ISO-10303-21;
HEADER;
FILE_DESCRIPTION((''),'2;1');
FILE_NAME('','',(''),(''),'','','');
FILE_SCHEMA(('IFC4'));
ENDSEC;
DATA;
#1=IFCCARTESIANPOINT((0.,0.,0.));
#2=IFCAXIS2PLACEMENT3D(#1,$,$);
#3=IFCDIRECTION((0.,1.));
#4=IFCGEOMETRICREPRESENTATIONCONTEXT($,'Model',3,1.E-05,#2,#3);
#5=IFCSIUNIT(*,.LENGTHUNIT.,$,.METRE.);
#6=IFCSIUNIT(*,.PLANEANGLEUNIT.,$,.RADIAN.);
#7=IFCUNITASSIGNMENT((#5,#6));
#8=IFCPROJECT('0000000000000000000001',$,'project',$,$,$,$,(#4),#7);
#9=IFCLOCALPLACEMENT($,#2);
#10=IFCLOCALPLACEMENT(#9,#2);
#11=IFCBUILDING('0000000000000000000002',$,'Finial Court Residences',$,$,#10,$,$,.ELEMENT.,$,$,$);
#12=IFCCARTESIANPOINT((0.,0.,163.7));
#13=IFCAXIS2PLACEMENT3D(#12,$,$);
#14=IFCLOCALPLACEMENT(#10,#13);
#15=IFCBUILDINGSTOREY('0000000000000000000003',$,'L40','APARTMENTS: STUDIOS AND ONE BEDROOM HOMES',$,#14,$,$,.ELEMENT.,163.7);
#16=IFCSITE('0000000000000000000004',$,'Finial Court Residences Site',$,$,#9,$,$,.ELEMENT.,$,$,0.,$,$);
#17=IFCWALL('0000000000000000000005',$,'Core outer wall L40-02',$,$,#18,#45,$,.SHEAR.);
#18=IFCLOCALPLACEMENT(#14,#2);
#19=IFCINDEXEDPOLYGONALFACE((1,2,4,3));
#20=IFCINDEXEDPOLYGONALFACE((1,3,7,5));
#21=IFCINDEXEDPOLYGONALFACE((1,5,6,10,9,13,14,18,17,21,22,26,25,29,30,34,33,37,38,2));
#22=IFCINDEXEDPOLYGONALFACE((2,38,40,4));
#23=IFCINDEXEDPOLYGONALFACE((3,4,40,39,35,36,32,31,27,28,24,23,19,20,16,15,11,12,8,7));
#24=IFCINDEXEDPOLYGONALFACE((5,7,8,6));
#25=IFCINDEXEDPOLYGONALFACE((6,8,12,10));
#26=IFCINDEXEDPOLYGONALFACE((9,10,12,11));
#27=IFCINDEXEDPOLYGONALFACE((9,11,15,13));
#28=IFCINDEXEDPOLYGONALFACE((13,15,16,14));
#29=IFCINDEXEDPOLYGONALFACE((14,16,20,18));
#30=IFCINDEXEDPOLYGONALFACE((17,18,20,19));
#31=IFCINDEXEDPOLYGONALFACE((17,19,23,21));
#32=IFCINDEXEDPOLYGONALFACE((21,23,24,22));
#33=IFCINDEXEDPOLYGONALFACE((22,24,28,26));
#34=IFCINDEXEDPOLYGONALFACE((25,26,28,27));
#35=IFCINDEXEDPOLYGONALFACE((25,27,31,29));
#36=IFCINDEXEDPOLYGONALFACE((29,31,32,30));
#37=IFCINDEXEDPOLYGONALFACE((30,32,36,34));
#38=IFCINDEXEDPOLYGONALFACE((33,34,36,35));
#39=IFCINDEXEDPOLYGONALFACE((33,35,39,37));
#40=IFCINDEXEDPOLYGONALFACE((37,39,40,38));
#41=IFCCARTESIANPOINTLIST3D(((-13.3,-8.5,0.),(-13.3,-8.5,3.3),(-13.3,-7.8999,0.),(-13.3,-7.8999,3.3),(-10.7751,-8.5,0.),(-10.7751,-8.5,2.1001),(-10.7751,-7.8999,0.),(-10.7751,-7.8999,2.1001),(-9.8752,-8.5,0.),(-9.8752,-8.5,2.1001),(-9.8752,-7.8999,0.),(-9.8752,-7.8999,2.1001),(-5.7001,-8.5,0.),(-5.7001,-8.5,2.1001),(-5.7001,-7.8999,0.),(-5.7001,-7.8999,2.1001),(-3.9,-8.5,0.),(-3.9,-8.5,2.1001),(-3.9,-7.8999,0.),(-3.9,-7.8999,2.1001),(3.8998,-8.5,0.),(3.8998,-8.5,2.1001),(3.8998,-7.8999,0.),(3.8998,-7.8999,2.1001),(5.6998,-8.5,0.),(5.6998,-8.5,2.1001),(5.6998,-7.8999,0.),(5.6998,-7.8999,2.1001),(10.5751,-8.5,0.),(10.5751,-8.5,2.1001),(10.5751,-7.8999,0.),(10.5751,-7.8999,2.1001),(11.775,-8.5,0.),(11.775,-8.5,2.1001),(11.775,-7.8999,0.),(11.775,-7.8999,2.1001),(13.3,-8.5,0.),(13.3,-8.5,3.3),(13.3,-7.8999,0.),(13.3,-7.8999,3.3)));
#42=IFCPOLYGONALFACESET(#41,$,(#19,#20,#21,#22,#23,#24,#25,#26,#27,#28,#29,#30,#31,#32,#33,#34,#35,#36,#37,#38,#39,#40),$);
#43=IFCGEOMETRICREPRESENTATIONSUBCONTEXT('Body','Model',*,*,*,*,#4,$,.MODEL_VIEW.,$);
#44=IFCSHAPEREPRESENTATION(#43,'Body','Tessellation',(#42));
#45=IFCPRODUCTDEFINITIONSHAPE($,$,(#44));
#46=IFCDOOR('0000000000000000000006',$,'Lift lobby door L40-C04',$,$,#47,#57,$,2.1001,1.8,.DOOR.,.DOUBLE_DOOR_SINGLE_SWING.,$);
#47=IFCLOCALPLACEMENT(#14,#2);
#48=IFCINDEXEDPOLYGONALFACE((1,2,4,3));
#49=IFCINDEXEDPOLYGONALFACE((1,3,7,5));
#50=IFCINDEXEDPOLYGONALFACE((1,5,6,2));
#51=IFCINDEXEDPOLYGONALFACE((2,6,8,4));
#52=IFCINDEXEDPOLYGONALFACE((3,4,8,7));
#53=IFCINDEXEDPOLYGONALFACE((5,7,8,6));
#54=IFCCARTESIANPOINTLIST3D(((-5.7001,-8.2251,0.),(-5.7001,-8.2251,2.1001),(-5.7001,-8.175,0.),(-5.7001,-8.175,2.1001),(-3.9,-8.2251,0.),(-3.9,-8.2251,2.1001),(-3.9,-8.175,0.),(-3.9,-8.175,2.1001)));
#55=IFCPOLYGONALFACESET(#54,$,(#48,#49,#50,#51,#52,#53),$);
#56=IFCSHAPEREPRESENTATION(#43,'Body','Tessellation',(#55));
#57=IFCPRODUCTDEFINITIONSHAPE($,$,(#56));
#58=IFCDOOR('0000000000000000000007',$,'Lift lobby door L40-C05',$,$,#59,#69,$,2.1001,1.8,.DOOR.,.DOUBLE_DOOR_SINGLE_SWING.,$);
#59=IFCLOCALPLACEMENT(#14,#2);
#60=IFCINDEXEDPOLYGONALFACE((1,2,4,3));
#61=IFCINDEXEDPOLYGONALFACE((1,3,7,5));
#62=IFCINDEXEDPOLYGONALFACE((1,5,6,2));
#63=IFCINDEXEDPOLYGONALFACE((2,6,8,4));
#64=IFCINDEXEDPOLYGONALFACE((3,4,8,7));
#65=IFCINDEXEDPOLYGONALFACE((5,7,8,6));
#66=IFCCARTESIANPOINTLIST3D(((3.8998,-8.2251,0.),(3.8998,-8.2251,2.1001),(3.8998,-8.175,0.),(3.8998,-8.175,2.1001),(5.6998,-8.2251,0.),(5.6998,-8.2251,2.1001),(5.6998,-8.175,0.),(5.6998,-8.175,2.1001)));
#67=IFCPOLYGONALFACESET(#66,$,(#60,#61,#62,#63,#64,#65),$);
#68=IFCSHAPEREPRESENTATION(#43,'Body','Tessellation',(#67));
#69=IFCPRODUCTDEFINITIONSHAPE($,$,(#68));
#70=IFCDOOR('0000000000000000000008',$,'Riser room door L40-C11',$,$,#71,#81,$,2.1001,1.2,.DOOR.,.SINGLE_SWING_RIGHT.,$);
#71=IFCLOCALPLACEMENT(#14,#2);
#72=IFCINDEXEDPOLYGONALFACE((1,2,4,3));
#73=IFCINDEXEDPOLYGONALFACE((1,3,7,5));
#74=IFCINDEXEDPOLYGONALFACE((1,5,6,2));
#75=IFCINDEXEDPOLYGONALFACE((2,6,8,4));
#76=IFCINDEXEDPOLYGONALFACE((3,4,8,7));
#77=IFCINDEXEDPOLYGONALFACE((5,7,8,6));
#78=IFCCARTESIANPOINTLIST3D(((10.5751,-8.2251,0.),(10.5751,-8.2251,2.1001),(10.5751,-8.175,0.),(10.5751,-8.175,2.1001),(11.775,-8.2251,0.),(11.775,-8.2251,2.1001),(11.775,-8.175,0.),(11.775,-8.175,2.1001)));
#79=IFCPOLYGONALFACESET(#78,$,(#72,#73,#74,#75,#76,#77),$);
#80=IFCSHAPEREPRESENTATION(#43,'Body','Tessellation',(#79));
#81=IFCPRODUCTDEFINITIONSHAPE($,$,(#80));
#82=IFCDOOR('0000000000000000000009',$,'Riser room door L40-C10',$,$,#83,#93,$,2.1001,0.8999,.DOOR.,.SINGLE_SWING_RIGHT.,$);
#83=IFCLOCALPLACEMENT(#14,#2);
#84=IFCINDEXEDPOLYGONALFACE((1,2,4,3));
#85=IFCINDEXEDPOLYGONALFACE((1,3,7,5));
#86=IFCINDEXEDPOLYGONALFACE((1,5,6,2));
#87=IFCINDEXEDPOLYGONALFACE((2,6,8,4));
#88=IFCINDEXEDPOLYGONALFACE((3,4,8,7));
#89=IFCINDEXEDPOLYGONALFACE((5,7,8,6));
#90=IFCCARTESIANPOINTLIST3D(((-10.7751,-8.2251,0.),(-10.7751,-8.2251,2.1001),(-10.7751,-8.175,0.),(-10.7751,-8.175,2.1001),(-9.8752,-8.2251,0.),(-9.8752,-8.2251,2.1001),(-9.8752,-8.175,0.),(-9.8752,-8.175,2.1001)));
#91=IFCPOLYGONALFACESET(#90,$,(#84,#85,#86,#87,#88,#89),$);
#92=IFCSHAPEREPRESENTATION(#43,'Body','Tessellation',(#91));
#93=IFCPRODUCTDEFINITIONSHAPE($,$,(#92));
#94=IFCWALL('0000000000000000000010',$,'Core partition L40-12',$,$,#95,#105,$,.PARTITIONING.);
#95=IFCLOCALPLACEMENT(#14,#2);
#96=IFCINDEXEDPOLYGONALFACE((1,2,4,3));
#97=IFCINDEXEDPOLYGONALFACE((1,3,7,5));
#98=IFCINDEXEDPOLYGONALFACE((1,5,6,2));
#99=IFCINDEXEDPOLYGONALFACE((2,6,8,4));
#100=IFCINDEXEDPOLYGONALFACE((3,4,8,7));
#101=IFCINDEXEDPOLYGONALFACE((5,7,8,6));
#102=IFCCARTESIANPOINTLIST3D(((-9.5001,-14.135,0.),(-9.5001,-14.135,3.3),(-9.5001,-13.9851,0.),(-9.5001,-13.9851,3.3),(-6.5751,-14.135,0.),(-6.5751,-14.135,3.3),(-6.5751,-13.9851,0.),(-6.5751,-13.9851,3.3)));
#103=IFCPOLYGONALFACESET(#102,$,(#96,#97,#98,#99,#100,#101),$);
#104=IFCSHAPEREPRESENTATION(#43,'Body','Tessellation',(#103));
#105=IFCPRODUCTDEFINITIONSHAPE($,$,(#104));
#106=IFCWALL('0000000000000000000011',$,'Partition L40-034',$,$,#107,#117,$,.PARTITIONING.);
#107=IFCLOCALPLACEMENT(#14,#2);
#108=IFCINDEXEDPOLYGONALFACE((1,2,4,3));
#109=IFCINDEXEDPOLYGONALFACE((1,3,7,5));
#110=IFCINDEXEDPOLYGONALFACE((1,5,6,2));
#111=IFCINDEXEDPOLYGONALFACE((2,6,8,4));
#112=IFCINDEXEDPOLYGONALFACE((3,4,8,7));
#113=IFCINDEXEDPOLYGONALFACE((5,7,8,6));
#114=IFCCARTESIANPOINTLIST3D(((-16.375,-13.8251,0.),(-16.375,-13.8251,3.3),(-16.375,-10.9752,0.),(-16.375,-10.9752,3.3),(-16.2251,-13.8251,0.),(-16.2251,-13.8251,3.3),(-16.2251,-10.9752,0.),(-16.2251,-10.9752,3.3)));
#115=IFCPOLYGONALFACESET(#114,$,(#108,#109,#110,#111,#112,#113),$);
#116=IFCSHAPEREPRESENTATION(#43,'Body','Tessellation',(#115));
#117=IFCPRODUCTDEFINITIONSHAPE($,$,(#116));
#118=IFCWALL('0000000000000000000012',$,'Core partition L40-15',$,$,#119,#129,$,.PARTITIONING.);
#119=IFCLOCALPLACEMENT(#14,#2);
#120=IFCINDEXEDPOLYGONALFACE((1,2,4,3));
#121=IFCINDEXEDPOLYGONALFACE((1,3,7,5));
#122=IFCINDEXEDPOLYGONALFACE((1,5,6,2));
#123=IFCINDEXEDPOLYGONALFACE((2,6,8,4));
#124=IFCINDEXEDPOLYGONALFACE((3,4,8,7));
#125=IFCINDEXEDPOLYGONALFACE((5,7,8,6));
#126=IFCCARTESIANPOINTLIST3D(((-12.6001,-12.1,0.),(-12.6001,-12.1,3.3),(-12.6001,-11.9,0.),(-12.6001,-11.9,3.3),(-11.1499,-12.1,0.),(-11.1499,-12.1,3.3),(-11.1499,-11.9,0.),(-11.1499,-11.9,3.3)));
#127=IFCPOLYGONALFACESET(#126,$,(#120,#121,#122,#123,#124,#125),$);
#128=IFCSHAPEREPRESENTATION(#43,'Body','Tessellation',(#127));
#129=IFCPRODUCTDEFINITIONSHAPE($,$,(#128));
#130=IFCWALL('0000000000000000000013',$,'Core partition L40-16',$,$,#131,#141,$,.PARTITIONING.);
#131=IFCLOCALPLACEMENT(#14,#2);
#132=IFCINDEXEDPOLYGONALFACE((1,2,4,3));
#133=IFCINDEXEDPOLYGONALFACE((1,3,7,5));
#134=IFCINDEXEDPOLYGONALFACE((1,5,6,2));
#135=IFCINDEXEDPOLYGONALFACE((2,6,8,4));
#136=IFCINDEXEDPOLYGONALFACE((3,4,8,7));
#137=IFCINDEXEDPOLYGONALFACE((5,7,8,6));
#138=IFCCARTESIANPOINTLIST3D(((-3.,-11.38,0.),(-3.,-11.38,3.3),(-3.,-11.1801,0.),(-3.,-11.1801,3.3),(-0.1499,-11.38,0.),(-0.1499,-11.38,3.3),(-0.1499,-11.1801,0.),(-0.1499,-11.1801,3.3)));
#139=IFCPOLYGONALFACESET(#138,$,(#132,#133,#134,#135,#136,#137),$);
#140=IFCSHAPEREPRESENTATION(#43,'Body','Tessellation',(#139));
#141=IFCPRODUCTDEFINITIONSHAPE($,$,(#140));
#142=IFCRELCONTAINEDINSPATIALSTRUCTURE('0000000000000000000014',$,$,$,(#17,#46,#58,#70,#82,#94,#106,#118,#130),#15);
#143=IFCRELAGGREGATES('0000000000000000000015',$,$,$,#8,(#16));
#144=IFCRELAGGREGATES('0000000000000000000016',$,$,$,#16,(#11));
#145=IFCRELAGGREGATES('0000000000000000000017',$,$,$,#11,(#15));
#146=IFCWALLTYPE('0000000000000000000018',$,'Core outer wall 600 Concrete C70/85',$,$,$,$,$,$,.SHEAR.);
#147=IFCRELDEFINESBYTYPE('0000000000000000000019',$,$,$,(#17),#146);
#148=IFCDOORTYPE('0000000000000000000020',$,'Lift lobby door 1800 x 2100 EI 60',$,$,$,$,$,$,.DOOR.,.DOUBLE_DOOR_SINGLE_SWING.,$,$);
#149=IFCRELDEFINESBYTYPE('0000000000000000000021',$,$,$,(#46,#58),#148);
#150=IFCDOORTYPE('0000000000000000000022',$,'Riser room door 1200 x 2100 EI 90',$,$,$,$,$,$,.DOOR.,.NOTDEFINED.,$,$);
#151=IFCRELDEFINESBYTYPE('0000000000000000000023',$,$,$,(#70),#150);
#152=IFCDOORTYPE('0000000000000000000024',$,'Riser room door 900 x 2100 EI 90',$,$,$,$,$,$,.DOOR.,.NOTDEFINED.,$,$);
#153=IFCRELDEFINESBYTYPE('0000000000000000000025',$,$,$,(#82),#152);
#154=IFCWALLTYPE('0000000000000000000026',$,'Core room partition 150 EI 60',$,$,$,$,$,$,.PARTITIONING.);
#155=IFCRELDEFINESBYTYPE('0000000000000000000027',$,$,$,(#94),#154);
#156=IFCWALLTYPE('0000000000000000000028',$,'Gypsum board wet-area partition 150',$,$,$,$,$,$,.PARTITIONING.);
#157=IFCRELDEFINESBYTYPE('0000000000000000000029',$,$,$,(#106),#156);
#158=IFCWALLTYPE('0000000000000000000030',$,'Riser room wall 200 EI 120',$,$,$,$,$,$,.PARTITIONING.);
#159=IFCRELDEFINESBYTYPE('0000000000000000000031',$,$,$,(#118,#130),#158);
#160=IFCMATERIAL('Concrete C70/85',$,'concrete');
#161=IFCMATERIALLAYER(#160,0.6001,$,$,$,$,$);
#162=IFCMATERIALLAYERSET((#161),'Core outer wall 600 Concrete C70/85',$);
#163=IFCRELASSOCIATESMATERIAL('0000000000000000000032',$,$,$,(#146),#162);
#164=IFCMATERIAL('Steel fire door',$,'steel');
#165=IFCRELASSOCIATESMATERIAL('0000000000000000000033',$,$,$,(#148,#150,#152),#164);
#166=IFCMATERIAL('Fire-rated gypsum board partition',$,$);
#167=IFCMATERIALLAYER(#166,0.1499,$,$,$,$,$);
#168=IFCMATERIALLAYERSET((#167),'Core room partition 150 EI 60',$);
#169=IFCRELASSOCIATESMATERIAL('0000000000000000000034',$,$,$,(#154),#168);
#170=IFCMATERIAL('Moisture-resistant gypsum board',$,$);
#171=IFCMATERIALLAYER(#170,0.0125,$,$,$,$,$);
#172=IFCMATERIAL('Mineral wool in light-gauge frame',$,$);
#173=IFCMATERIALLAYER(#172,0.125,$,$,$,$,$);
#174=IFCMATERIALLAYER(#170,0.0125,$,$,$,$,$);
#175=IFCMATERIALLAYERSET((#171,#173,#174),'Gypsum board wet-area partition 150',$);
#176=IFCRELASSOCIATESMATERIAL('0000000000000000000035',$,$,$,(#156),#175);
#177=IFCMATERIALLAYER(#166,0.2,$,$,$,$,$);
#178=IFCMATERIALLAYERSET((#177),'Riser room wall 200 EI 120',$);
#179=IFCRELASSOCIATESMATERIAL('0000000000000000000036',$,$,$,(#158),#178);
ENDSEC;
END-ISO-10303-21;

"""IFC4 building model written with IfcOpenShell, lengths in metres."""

from ifc_helpers import new_model, si_unit, direction, frame, frame_2d, origin, place, context, subcontext, project, spatial, rectangle, extrude, material, layer, layer_set, type_object, element, fill, save


model = new_model("IFC4")

# Units and contexts
model_context = context("Model", 3, precision=1e-05, world=origin(), true_north=direction((0.0, 1.0)))
body_context = subcontext(model_context, "Body", "Model", "MODEL_VIEW")
ifc_project = project(units=[si_unit("LENGTHUNIT", "METRE"), si_unit("PLANEANGLEUNIT", "RADIAN")], contexts=[model_context])

# Site, building, storey
site_placement = place(None, origin())
site = spatial("IfcSite", under=ifc_project, at=site_placement, Name="Finial Court Residences Site", CompositionType="ELEMENT", RefElevation=0.0)
building_placement = place(site_placement, origin())
building = spatial("IfcBuilding", under=site, at=building_placement, Name="Finial Court Residences", CompositionType="ELEMENT")
storey_placement = place(building_placement, frame((0.0, 0.0, 163.7)))
storey = spatial("IfcBuildingStorey", under=building, at=storey_placement, Name="L40", Description="APARTMENTS: STUDIOS AND ONE BEDROOM HOMES", CompositionType="ELEMENT", Elevation=163.7)

# Wall, openings, doors
ifc_material_1 = material(Name="Concrete C70/85", Category="concrete")
ifc_layer_1 = layer(ifc_material_1, 0.6001)
ifc_layer_set_1 = layer_set([ifc_layer_1], Name="Core outer wall 600 Concrete C70/85")
wall_type_1 = type_object("IfcWallType", Name="Core outer wall 600 Concrete C70/85", PredefinedType="SHEAR", material=ifc_layer_set_1)
wall_1_placement = place(storey_placement, frame((-13.3, -8.2, 0.0), z_axis=(0.0, 0.0, 1.0), x_axis=(1.0, 0.0, 0.0)))
wall_1 = element("IfcWall", 1, at=wall_1_placement, inside=storey, type_object=wall_type_1, Name="Core outer wall L40-02", PredefinedType="SHEAR", context=body_context, shape_type="SweptSolid", body=[
    extrude(rectangle(XDim=26.6001, YDim=0.6001, at=frame_2d((13.3, 0.0))), origin(), (0.0, 0.0, 1.0), 3.3),
])
opening_1_placement = place(wall_1_placement, frame((7.6001, 0.0, 0.0)))
opening_1 = element("IfcOpeningElement", 2, at=opening_1_placement, cuts=wall_1, PredefinedType="OPENING", context=body_context, shape_type="SweptSolid", body=[
    extrude(rectangle(XDim=1.8, YDim=2.1001, at=frame_2d((0.8999, 1.05))), frame((0.0, 0.3101, 0.0), z_axis=(0.0, -1.0, 0.0), x_axis=(1.0, 0.0, 0.0)), (0.0, 0.0, 1.0), 0.6201),
])
opening_2_placement = place(wall_1_placement, frame((17.2, 0.0, 0.0)))
opening_2 = element("IfcOpeningElement", 3, at=opening_2_placement, cuts=wall_1, PredefinedType="OPENING", context=body_context, shape_type="SweptSolid", body=[
    extrude(rectangle(XDim=1.8, YDim=2.1001, at=frame_2d((0.8999, 1.05))), frame((0.0, 0.3101, 0.0), z_axis=(0.0, -1.0, 0.0), x_axis=(1.0, 0.0, 0.0)), (0.0, 0.0, 1.0), 0.6201),
])
opening_3_placement = place(wall_1_placement, frame((2.5249, 0.0, 0.0)))
opening_3 = element("IfcOpeningElement", 4, at=opening_3_placement, cuts=wall_1, PredefinedType="OPENING", context=body_context, shape_type="SweptSolid", body=[
    extrude(rectangle(XDim=0.8999, YDim=2.1001, at=frame_2d((0.45, 1.05))), frame((0.0, 0.3101, 0.0), z_axis=(0.0, -1.0, 0.0), x_axis=(1.0, 0.0, 0.0)), (0.0, 0.0, 1.0), 0.6201),
])
opening_4_placement = place(wall_1_placement, frame((23.875, 0.0, 0.0)))
opening_4 = element("IfcOpeningElement", 5, at=opening_4_placement, cuts=wall_1, PredefinedType="OPENING", context=body_context, shape_type="SweptSolid", body=[
    extrude(rectangle(XDim=1.2, YDim=2.1001, at=frame_2d((0.6001, 1.05))), frame((0.0, 0.3101, 0.0), z_axis=(0.0, -1.0, 0.0), x_axis=(1.0, 0.0, 0.0)), (0.0, 0.0, 1.0), 0.6201),
])
ifc_material_2 = material(Name="Steel fire door", Category="steel")
door_type_1 = type_object("IfcDoorType", Name="Lift lobby door 1800 x 2100 EI 60", OperationType="DOUBLE_DOOR_SINGLE_SWING", PredefinedType="DOOR", material=ifc_material_2)
door_1_placement = place(opening_1_placement, origin())
door_1 = element("IfcDoor", 6, at=door_1_placement, inside=storey, type_object=door_type_1, Name="Lift lobby door L40-C04", OperationType="DOUBLE_DOOR_SINGLE_SWING", OverallHeight=2.1001, OverallWidth=1.8, PredefinedType="DOOR", context=body_context, shape_type="SweptSolid", body=[
    extrude(rectangle(XDim=1.8, YDim=2.1001, at=frame_2d((0.8999, 1.05))), frame((0.0, 0.0249, 0.0), z_axis=(0.0, -1.0, 0.0), x_axis=(1.0, 0.0, 0.0)), (0.0, 0.0, 1.0), 0.05),
])
fill(opening_1, door_1)
door_2_placement = place(opening_2_placement, origin())
door_2 = element("IfcDoor", 7, at=door_2_placement, inside=storey, type_object=door_type_1, Name="Lift lobby door L40-C05", OperationType="DOUBLE_DOOR_SINGLE_SWING", OverallHeight=2.1001, OverallWidth=1.8, PredefinedType="DOOR", context=body_context, shape_type="SweptSolid", body=[
    extrude(rectangle(XDim=1.8, YDim=2.1001, at=frame_2d((0.8999, 1.05))), frame((0.0, 0.0249, 0.0), z_axis=(0.0, -1.0, 0.0), x_axis=(1.0, 0.0, 0.0)), (0.0, 0.0, 1.0), 0.05),
])
fill(opening_2, door_2)
door_type_2 = type_object("IfcDoorType", Name="Riser room door 1200 x 2100 EI 90", OperationType="NOTDEFINED", PredefinedType="DOOR", material=ifc_material_2)
door_3_placement = place(opening_4_placement, origin())
door_3 = element("IfcDoor", 8, at=door_3_placement, inside=storey, type_object=door_type_2, Name="Riser room door L40-C11", OperationType="SINGLE_SWING_RIGHT", OverallHeight=2.1001, OverallWidth=1.2, PredefinedType="DOOR", context=body_context, shape_type="SweptSolid", body=[
    extrude(rectangle(XDim=1.2, YDim=2.1001, at=frame_2d((0.6001, 1.05))), frame((0.0, 0.0249, 0.0), z_axis=(0.0, -1.0, 0.0), x_axis=(1.0, 0.0, 0.0)), (0.0, 0.0, 1.0), 0.05),
])
fill(opening_4, door_3)
door_type_3 = type_object("IfcDoorType", Name="Riser room door 900 x 2100 EI 90", OperationType="NOTDEFINED", PredefinedType="DOOR", material=ifc_material_2)
door_4_placement = place(opening_3_placement, origin())
door_4 = element("IfcDoor", 9, at=door_4_placement, inside=storey, type_object=door_type_3, Name="Riser room door L40-C10", OperationType="SINGLE_SWING_RIGHT", OverallHeight=2.1001, OverallWidth=0.8999, PredefinedType="DOOR", context=body_context, shape_type="SweptSolid", body=[
    extrude(rectangle(XDim=0.8999, YDim=2.1001, at=frame_2d((0.45, 1.05))), frame((0.0, 0.0249, 0.0), z_axis=(0.0, -1.0, 0.0), x_axis=(1.0, 0.0, 0.0)), (0.0, 0.0, 1.0), 0.05),
])
fill(opening_3, door_4)

# Walls
ifc_material_3 = material(Name="Fire-rated gypsum board partition")
ifc_layer_2 = layer(ifc_material_3, 0.1499)
ifc_layer_set_2 = layer_set([ifc_layer_2], Name="Core room partition 150 EI 60")
wall_type_2 = type_object("IfcWallType", Name="Core room partition 150 EI 60", PredefinedType="PARTITIONING", material=ifc_layer_set_2)
wall_2_placement = place(storey_placement, frame((-9.5, -14.0601, 0.0), z_axis=(0.0, 0.0, 1.0), x_axis=(1.0, 0.0, 0.0)))
element("IfcWall", 10, at=wall_2_placement, inside=storey, type_object=wall_type_2, Name="Core partition L40-12", PredefinedType="PARTITIONING", context=body_context, shape_type="SweptSolid", body=[
    extrude(rectangle(XDim=2.925, YDim=0.1499, at=frame_2d((1.4624, 0.0))), origin(), (0.0, 0.0, 1.0), 3.3),
])
ifc_material_4 = material(Name="Moisture-resistant gypsum board")
ifc_layer_3 = layer(ifc_material_4, 0.0125)
ifc_material_5 = material(Name="Mineral wool in light-gauge frame")
ifc_layer_4 = layer(ifc_material_5, 0.125)
ifc_layer_5 = layer(ifc_material_4, 0.0125)
ifc_layer_set_3 = layer_set([ifc_layer_3, ifc_layer_4, ifc_layer_5], Name="Gypsum board wet-area partition 150")
wall_type_3 = type_object("IfcWallType", Name="Gypsum board wet-area partition 150", PredefinedType="PARTITIONING", material=ifc_layer_set_3)
wall_3_placement = place(storey_placement, frame((-16.3, -13.825, 0.0), z_axis=(0.0, 0.0, 1.0), x_axis=(0.0, 1.0, 0.0)))
element("IfcWall", 11, at=wall_3_placement, inside=storey, type_object=wall_type_3, Name="Partition L40-034", PredefinedType="PARTITIONING", context=body_context, shape_type="SweptSolid", body=[
    extrude(rectangle(XDim=2.8499, YDim=0.1499, at=frame_2d((1.4248, 0.0))), origin(), (0.0, 0.0, 1.0), 3.3),
])
ifc_layer_6 = layer(ifc_material_3, 0.2)
ifc_layer_set_4 = layer_set([ifc_layer_6], Name="Riser room wall 200 EI 120")
wall_type_4 = type_object("IfcWallType", Name="Riser room wall 200 EI 120", PredefinedType="PARTITIONING", material=ifc_layer_set_4)
wall_4_placement = place(storey_placement, frame((-12.6001, -12.0, 0.0), z_axis=(0.0, 0.0, 1.0), x_axis=(1.0, 0.0, 0.0)))
element("IfcWall", 12, at=wall_4_placement, inside=storey, type_object=wall_type_4, Name="Core partition L40-15", PredefinedType="PARTITIONING", context=body_context, shape_type="SweptSolid", body=[
    extrude(rectangle(XDim=1.4502, YDim=0.2, at=frame_2d((0.7251, 0.0))), origin(), (0.0, 0.0, 1.0), 3.3),
])
wall_5_placement = place(storey_placement, frame((-3.0, -11.28, 0.0), z_axis=(0.0, 0.0, 1.0), x_axis=(1.0, 0.0, 0.0)))
element("IfcWall", 13, at=wall_5_placement, inside=storey, type_object=wall_type_4, Name="Core partition L40-16", PredefinedType="PARTITIONING", context=body_context, shape_type="SweptSolid", body=[
    extrude(rectangle(XDim=2.8501, YDim=0.2, at=frame_2d((1.425, 0.0))), origin(), (0.0, 0.0, 1.0), 3.3),
])

save(model, "model.ifc")
